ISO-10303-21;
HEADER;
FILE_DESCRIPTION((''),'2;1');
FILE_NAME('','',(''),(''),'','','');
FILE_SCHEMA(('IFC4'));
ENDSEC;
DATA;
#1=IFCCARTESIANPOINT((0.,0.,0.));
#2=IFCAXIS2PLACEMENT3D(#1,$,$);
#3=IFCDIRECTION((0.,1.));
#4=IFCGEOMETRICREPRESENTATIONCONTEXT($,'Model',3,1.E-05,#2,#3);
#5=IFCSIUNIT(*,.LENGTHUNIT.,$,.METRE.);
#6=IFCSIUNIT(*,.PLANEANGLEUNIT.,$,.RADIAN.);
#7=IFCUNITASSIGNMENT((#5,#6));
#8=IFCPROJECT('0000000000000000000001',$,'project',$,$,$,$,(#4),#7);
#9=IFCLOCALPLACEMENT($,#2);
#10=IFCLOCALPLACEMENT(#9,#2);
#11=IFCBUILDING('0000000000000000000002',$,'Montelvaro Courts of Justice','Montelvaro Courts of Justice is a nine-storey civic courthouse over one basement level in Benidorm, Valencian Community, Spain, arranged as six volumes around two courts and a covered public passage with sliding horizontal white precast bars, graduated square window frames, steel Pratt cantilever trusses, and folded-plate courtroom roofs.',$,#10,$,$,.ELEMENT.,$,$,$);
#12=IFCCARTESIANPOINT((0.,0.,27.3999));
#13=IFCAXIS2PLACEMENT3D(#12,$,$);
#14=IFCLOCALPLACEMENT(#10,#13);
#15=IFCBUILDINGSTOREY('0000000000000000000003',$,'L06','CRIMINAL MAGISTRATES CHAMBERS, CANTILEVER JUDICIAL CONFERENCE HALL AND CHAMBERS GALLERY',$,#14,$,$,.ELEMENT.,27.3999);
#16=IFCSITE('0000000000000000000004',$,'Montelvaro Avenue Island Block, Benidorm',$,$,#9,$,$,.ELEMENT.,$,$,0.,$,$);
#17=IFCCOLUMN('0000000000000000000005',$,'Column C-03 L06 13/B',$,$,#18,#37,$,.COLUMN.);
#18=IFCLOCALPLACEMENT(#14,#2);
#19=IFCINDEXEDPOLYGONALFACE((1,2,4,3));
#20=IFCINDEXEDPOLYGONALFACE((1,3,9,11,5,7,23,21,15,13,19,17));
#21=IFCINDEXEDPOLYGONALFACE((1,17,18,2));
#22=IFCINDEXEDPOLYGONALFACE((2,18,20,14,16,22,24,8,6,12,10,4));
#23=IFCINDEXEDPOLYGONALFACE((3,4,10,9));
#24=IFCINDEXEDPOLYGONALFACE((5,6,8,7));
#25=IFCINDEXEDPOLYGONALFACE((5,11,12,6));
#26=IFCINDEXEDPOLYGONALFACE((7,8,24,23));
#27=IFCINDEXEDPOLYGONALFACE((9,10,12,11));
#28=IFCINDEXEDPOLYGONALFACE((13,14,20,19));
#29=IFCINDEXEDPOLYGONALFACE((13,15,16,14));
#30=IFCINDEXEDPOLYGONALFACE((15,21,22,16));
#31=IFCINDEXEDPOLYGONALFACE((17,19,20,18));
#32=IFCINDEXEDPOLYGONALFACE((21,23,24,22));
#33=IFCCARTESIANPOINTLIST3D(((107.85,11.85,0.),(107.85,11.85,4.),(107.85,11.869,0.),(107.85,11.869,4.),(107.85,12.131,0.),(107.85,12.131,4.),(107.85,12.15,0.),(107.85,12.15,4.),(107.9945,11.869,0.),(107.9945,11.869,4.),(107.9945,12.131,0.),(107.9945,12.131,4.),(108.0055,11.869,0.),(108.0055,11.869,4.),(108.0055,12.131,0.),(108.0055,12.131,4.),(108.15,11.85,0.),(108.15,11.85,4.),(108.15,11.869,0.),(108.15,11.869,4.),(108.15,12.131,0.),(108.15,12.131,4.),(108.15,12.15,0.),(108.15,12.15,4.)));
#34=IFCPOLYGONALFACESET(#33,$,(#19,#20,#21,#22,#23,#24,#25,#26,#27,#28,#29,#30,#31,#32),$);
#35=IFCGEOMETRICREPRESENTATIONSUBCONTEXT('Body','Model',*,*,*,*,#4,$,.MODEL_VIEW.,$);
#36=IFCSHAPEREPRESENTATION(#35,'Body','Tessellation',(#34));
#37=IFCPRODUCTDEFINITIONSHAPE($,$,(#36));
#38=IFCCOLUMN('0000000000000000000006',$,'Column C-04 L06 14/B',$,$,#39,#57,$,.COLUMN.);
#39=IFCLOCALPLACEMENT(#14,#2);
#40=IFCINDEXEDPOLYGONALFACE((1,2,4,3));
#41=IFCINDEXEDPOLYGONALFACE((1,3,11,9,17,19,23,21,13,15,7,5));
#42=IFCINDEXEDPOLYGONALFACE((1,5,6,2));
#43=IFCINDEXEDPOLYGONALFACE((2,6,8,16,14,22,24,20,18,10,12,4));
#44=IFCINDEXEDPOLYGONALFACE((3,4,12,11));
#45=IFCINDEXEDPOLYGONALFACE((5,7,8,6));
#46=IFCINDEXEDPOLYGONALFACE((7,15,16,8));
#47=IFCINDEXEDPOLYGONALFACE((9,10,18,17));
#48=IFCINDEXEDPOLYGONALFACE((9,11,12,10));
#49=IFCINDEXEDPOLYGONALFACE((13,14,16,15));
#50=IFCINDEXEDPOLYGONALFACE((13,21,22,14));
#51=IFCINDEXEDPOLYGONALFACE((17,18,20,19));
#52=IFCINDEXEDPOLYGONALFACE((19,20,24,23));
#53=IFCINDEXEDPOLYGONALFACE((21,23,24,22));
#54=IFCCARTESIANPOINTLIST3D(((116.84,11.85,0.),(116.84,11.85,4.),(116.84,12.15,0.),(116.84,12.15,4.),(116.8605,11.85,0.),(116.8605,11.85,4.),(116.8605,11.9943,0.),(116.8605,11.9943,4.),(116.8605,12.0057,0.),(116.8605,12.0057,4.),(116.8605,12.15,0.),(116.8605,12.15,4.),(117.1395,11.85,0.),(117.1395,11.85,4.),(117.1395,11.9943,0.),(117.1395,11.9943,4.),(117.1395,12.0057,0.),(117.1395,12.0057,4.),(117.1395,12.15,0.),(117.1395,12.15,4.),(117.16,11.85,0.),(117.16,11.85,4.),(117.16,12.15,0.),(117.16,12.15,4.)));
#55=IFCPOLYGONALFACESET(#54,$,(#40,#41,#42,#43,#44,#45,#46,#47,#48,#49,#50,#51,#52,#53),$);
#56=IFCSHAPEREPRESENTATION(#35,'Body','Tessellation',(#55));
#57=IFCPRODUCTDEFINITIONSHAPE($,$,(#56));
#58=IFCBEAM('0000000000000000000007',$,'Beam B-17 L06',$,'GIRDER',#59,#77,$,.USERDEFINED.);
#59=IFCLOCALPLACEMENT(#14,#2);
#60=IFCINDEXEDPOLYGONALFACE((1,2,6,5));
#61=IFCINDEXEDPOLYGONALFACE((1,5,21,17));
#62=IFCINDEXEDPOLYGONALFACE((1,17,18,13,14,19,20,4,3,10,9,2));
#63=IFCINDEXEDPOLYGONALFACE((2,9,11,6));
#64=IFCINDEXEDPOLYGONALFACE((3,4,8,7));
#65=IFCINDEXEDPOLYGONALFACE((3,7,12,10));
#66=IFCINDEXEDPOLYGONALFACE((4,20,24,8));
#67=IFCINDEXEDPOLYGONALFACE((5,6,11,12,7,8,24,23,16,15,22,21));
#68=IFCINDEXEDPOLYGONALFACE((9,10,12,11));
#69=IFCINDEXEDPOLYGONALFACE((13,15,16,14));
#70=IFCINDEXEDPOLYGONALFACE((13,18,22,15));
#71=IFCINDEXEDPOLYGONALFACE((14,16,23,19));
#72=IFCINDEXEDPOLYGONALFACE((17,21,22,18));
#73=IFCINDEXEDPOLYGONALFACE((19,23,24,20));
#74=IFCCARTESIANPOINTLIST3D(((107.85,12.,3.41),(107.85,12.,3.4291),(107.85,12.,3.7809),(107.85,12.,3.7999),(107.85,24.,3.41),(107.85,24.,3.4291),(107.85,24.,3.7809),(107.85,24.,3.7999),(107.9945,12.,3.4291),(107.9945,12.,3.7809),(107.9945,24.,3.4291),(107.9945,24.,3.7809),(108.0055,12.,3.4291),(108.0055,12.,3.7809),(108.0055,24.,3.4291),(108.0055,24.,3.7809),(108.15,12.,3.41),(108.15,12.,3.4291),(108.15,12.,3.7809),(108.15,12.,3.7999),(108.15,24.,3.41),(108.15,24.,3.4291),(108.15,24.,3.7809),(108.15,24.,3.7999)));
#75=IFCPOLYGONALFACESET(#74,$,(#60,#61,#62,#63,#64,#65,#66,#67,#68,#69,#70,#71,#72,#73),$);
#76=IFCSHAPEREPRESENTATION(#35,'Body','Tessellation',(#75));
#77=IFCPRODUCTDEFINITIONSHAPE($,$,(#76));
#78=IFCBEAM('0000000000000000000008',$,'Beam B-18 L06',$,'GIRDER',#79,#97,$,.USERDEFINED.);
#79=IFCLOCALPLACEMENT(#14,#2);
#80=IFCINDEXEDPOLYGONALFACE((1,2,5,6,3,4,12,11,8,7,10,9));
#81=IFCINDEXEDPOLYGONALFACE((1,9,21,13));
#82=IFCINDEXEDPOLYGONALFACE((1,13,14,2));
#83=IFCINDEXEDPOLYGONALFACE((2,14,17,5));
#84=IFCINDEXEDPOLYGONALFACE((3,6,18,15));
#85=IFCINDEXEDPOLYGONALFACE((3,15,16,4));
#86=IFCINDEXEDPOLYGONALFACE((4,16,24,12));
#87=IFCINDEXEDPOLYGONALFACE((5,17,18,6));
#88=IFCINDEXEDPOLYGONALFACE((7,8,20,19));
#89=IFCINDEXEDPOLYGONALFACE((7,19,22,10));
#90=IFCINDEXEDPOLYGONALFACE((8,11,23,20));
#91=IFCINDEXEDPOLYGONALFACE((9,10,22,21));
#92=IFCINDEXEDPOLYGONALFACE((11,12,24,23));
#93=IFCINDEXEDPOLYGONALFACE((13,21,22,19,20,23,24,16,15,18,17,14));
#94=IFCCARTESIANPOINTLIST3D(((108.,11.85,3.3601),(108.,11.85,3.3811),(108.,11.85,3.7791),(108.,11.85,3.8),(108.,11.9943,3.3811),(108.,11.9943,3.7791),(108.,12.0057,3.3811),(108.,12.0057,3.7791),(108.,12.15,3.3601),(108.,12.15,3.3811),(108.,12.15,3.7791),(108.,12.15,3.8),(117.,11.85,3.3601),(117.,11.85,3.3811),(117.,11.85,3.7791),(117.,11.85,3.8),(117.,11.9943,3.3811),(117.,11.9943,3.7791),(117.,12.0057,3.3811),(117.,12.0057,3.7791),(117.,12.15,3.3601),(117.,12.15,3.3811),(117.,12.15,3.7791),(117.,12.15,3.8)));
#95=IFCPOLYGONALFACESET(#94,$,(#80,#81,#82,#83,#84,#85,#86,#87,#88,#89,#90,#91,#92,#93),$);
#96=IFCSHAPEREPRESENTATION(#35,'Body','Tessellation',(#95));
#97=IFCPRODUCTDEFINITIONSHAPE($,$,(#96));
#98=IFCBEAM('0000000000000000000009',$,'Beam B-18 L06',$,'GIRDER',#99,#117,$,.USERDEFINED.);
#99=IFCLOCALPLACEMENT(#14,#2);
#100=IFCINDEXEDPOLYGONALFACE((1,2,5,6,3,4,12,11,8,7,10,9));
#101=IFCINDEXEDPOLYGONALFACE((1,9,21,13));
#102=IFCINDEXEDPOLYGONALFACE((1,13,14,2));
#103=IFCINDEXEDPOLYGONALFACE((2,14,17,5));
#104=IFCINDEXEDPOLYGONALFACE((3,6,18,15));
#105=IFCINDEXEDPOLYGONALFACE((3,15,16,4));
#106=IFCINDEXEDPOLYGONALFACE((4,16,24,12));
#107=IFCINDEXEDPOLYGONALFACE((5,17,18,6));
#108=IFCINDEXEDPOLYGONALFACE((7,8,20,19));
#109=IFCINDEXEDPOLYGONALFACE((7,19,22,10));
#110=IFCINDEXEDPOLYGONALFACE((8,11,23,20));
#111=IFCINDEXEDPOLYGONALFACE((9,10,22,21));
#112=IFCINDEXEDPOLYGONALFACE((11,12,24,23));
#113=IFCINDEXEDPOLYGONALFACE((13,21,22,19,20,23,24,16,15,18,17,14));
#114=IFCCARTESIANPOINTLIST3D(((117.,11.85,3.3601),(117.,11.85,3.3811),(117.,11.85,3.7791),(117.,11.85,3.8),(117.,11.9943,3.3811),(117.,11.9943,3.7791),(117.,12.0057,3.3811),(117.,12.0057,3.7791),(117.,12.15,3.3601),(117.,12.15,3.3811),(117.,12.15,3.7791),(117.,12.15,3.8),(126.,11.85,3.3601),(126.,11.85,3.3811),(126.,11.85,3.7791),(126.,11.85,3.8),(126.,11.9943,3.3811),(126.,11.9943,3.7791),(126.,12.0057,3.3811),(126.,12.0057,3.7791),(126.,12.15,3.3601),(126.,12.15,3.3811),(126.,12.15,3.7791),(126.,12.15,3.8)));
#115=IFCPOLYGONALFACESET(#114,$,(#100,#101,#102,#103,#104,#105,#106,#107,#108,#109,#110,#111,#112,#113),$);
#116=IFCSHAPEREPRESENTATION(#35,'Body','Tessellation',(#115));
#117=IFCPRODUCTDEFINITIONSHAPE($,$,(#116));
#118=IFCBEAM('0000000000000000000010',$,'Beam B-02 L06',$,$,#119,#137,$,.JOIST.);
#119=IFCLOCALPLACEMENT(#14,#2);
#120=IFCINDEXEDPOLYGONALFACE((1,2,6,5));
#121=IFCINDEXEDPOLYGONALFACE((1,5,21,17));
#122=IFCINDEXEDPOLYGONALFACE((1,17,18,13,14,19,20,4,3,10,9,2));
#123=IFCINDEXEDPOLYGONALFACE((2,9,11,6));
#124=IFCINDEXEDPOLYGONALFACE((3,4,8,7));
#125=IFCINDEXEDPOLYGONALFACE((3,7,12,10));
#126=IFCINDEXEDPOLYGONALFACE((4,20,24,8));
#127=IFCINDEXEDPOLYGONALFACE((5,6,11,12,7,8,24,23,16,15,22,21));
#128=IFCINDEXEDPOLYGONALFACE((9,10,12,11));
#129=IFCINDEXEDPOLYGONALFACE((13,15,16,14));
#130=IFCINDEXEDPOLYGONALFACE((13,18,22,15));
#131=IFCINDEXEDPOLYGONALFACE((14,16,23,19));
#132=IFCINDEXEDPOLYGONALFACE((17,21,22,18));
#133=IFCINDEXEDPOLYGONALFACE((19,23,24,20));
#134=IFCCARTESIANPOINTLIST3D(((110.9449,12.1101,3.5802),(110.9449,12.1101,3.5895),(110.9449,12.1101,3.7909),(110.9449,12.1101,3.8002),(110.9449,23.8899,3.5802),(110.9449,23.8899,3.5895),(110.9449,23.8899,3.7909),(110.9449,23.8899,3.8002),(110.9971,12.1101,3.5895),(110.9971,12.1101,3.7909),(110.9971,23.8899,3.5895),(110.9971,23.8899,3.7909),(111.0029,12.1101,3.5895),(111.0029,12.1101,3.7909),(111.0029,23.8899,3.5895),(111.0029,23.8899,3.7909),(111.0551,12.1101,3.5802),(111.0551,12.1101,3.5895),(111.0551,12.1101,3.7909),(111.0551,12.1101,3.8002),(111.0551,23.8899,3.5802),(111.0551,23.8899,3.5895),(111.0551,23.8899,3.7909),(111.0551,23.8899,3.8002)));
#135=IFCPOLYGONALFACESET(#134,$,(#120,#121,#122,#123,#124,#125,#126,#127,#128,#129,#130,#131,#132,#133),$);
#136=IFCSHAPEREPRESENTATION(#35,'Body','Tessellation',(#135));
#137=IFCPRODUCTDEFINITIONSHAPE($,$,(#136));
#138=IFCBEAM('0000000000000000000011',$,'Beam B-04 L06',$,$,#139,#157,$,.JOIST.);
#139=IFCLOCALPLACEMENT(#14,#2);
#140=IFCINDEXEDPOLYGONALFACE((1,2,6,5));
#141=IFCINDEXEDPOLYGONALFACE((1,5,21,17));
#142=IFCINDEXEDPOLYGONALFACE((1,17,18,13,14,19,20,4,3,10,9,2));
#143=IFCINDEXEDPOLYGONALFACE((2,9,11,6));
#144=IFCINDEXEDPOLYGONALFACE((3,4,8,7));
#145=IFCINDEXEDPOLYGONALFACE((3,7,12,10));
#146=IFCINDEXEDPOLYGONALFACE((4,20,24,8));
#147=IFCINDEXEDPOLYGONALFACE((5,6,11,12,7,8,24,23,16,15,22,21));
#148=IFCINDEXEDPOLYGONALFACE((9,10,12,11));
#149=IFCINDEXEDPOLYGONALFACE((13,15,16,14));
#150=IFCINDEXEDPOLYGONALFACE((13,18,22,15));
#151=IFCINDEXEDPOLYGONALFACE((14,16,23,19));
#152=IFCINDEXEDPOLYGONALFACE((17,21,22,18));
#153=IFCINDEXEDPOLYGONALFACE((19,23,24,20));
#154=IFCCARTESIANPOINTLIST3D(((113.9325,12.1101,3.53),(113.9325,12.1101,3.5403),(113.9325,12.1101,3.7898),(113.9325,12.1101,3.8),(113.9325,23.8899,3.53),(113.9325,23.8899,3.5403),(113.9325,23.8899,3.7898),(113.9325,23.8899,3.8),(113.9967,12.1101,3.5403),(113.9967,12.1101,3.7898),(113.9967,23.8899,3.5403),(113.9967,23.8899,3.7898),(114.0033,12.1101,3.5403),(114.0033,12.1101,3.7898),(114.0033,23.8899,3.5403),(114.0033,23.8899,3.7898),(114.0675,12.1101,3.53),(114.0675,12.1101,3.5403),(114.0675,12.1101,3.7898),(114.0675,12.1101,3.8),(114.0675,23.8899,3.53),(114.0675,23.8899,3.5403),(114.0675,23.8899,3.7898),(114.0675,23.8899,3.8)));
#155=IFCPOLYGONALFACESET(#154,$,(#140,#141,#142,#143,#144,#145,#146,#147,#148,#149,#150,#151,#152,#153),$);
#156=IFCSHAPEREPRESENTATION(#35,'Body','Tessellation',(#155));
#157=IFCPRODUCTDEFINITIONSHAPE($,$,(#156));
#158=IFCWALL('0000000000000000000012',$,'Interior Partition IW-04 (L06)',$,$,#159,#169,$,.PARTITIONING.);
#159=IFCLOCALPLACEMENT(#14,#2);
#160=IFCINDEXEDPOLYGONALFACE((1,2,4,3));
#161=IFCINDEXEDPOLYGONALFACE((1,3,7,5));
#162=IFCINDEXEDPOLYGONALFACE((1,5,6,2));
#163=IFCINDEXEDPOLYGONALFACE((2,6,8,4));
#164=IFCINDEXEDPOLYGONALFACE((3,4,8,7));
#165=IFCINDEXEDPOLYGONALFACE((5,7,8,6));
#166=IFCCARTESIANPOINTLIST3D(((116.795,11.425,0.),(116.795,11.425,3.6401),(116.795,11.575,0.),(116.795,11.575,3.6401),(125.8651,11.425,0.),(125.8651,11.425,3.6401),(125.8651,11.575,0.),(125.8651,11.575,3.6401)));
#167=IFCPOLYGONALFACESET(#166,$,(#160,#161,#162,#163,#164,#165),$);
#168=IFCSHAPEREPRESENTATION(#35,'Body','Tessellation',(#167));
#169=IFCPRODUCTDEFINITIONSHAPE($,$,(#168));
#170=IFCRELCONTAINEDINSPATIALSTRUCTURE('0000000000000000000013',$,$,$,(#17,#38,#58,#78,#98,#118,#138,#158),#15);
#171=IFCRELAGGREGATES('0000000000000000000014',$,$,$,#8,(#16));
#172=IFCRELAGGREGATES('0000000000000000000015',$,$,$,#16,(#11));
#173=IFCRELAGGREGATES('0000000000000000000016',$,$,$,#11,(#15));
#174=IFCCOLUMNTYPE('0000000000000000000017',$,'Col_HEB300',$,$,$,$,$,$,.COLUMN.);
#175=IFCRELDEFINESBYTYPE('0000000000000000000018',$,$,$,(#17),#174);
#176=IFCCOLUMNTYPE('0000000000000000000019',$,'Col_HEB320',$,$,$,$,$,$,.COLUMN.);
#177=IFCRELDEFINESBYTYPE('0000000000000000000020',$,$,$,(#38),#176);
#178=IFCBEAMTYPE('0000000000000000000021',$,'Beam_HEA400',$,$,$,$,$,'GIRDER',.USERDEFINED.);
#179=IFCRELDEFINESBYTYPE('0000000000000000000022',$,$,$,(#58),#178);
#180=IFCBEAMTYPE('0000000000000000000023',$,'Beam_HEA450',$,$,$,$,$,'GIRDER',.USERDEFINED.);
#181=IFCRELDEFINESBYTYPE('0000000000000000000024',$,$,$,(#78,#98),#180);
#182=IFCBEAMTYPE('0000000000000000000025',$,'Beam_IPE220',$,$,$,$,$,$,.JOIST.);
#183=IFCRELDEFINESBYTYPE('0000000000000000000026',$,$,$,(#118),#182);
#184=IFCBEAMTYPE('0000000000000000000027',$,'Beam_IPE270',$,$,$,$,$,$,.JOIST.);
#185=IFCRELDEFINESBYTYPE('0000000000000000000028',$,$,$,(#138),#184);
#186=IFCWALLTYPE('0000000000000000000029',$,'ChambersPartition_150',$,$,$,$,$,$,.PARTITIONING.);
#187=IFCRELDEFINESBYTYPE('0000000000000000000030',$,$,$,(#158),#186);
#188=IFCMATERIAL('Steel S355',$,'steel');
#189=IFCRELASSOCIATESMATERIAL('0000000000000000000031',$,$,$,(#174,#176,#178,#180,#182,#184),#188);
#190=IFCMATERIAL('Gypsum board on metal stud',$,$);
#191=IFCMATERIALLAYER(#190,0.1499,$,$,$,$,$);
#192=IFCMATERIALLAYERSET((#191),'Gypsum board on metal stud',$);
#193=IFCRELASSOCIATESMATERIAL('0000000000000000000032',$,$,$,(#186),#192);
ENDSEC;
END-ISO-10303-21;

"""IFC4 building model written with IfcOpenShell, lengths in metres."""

from ifc_helpers import new_model, si_unit, direction, frame, frame_2d, origin, origin_2d, place, context, subcontext, project, spatial, rectangle, i_section, extrude, material, layer, layer_set, material_profile, profile_set, type_object, element, save


model = new_model("IFC4")

# Units and contexts
model_context = context("Model", 3, precision=1e-05, world=origin(), true_north=direction((0.0, 1.0)))
body_context = subcontext(model_context, "Body", "Model", "MODEL_VIEW")
ifc_project = project(units=[si_unit("LENGTHUNIT", "METRE"), si_unit("PLANEANGLEUNIT", "RADIAN")], contexts=[model_context])

# Site, building, storey
site_placement = place(None, origin())
site = spatial("IfcSite", under=ifc_project, at=site_placement, Name="Montelvaro Avenue Island Block, Benidorm", CompositionType="ELEMENT", RefElevation=0.0)
building_placement = place(site_placement, origin())
building = spatial("IfcBuilding", under=site, at=building_placement, Name="Montelvaro Courts of Justice", Description="Montelvaro Courts of Justice is a nine-storey civic courthouse over one basement level in Benidorm, Valencian Community, Spain, arranged as six volumes around two courts and a covered public passage with sliding horizontal white precast bars, graduated square window frames, steel Pratt cantilever trusses, and folded-plate courtroom roofs.", CompositionType="ELEMENT")
storey_placement = place(building_placement, frame((0.0, 0.0, 27.3999)))
storey = spatial("IfcBuildingStorey", under=building, at=storey_placement, Name="L06", Description="CRIMINAL MAGISTRATES CHAMBERS, CANTILEVER JUDICIAL CONFERENCE HALL AND CHAMBERS GALLERY", CompositionType="ELEMENT", Elevation=27.3999)

# Columns
ifc_material_1 = material(Name="Steel S355", Category="steel")
ifc_material_profile_1 = material_profile(ifc_material_1, i_section(OverallWidth=0.3, OverallDepth=0.3, WebThickness=0.011, FlangeThickness=0.019, at=origin_2d()), Name="HEB 300")
ifc_profile_set_1 = profile_set([ifc_material_profile_1], Name="Steel S355")
column_type_1 = type_object("IfcColumnType", Name="Col_HEB300", PredefinedType="COLUMN", material=ifc_profile_set_1)
column_1_placement = place(storey_placement, frame((108.0, 12.0, 0.0), z_axis=(0.0, 0.0, 1.0), x_axis=(1.0, 0.0, 0.0)))
element("IfcColumn", 1, at=column_1_placement, inside=storey, type_object=column_type_1, Name="Column C-03 L06 13/B", PredefinedType="COLUMN", context=body_context, shape_type="SweptSolid", body=[
    extrude(i_section(OverallWidth=0.3, OverallDepth=0.3, WebThickness=0.011, FlangeThickness=0.019, at=origin_2d()), origin(), (0.0, 0.0, 1.0), 4.0),
])
ifc_material_profile_2 = material_profile(ifc_material_1, i_section(OverallWidth=0.3, OverallDepth=0.3201, WebThickness=0.0115, FlangeThickness=0.0205, at=origin_2d()), Name="HEB 320")
ifc_profile_set_2 = profile_set([ifc_material_profile_2], Name="Steel S355")
column_type_2 = type_object("IfcColumnType", Name="Col_HEB320", PredefinedType="COLUMN", material=ifc_profile_set_2)
column_2_placement = place(storey_placement, frame((117.0, 12.0, 0.0), z_axis=(0.0, 0.0, 1.0), x_axis=(0.0, 1.0, 0.0)))
element("IfcColumn", 2, at=column_2_placement, inside=storey, type_object=column_type_2, Name="Column C-04 L06 14/B", PredefinedType="COLUMN", context=body_context, shape_type="SweptSolid", body=[
    extrude(i_section(OverallWidth=0.3, OverallDepth=0.3201, WebThickness=0.0115, FlangeThickness=0.0205, at=origin_2d()), origin(), (0.0, 0.0, 1.0), 4.0),
])

# Beams
ifc_material_profile_3 = material_profile(ifc_material_1, i_section(OverallWidth=0.3, OverallDepth=0.3899, WebThickness=0.011, FlangeThickness=0.019, at=origin_2d()), Name="HEA 400")
ifc_profile_set_3 = profile_set([ifc_material_profile_3], Name="Steel S355")
beam_type_1 = type_object("IfcBeamType", Name="Beam_HEA400", ElementType="GIRDER", PredefinedType="USERDEFINED", material=ifc_profile_set_3)
beam_1_placement = place(storey_placement, frame((108.0, 12.0, 3.605), z_axis=(0.0, 1.0, 0.0), x_axis=(-1.0, 0.0, 0.0)))
element("IfcBeam", 3, at=beam_1_placement, inside=storey, type_object=beam_type_1, Name="Beam B-17 L06", ObjectType="GIRDER", PredefinedType="USERDEFINED", context=body_context, shape_type="SweptSolid", body=[
    extrude(i_section(OverallWidth=0.3, OverallDepth=0.3899, WebThickness=0.011, FlangeThickness=0.019, at=origin_2d()), origin(), (0.0, 0.0, 1.0), 12.0),
])
ifc_material_profile_4 = material_profile(ifc_material_1, i_section(OverallWidth=0.3, OverallDepth=0.4399, WebThickness=0.0115, FlangeThickness=0.021, at=origin_2d()), Name="HEA 450")
ifc_profile_set_4 = profile_set([ifc_material_profile_4], Name="Steel S355")
beam_type_2 = type_object("IfcBeamType", Name="Beam_HEA450", ElementType="GIRDER", PredefinedType="USERDEFINED", material=ifc_profile_set_4)
for number, where, z_axis, x_axis, name in (
    (4, (108.0, 12.0, 3.5801), (1.0, 0.0, 0.0), (0.0, 1.0, 0.0), "Beam B-18 L06"),
    (5, (117.0, 12.0, 3.5801), (1.0, 0.0, 0.0), (0.0, 1.0, 0.0), "Beam B-18 L06"),
):
    element("IfcBeam", number, at=place(storey_placement, frame(where, z_axis=z_axis, x_axis=x_axis)), inside=storey, type_object=beam_type_2, Name=name, ObjectType="GIRDER", PredefinedType="USERDEFINED", context=body_context, shape_type="SweptSolid", body=[
        extrude(i_section(OverallWidth=0.3, OverallDepth=0.4399, WebThickness=0.0115, FlangeThickness=0.021, at=origin_2d()), origin(), (0.0, 0.0, 1.0), 9.0),
    ])
ifc_material_profile_5 = material_profile(ifc_material_1, i_section(OverallWidth=0.1101, OverallDepth=0.22, WebThickness=0.0059, FlangeThickness=0.0093, at=origin_2d()), Name="IPE 220")
ifc_profile_set_5 = profile_set([ifc_material_profile_5], Name="Steel S355")
beam_type_3 = type_object("IfcBeamType", Name="Beam_IPE220", PredefinedType="JOIST", material=ifc_profile_set_5)
beam_2_placement = place(storey_placement, frame((111.0, 12.1101, 3.6902), z_axis=(0.0, 1.0, 0.0), x_axis=(-1.0, 0.0, 0.0)))
element("IfcBeam", 6, at=beam_2_placement, inside=storey, type_object=beam_type_3, Name="Beam B-02 L06", PredefinedType="JOIST", context=body_context, shape_type="SweptSolid", body=[
    extrude(i_section(OverallWidth=0.1101, OverallDepth=0.22, WebThickness=0.0059, FlangeThickness=0.0093, at=origin_2d()), origin(), (0.0, 0.0, 1.0), 11.7798),
])
ifc_material_profile_6 = material_profile(ifc_material_1, i_section(OverallWidth=0.135, OverallDepth=0.27, WebThickness=0.0066, FlangeThickness=0.0103, at=origin_2d()), Name="IPE 270")
ifc_profile_set_6 = profile_set([ifc_material_profile_6], Name="Steel S355")
beam_type_4 = type_object("IfcBeamType", Name="Beam_IPE270", PredefinedType="JOIST", material=ifc_profile_set_6)
beam_3_placement = place(storey_placement, frame((114.0, 12.1101, 3.665), z_axis=(0.0, 1.0, 0.0), x_axis=(-1.0, 0.0, 0.0)))
element("IfcBeam", 7, at=beam_3_placement, inside=storey, type_object=beam_type_4, Name="Beam B-04 L06", PredefinedType="JOIST", context=body_context, shape_type="SweptSolid", body=[
    extrude(i_section(OverallWidth=0.135, OverallDepth=0.27, WebThickness=0.0066, FlangeThickness=0.0103, at=origin_2d()), origin(), (0.0, 0.0, 1.0), 11.7798),
])

# Wall
ifc_material_2 = material(Name="Gypsum board on metal stud")
ifc_layer_1 = layer(ifc_material_2, 0.1499)
ifc_layer_set_1 = layer_set([ifc_layer_1], Name="Gypsum board on metal stud")
wall_type_1 = type_object("IfcWallType", Name="ChambersPartition_150", PredefinedType="PARTITIONING", material=ifc_layer_set_1)
wall_1_placement = place(storey_placement, frame((116.7949, 11.5, 0.0), z_axis=(0.0, 0.0, 1.0), x_axis=(1.0, 0.0, 0.0)))
element("IfcWall", 8, at=wall_1_placement, inside=storey, type_object=wall_type_1, Name="Interior Partition IW-04 (L06)", PredefinedType="PARTITIONING", context=body_context, shape_type="SweptSolid", body=[
    extrude(rectangle(XDim=9.0701, YDim=0.1499, at=frame_2d((4.5352, 0.0))), origin(), (0.0, 0.0, 1.0), 3.6401),
])

save(model, "model.ifc")
